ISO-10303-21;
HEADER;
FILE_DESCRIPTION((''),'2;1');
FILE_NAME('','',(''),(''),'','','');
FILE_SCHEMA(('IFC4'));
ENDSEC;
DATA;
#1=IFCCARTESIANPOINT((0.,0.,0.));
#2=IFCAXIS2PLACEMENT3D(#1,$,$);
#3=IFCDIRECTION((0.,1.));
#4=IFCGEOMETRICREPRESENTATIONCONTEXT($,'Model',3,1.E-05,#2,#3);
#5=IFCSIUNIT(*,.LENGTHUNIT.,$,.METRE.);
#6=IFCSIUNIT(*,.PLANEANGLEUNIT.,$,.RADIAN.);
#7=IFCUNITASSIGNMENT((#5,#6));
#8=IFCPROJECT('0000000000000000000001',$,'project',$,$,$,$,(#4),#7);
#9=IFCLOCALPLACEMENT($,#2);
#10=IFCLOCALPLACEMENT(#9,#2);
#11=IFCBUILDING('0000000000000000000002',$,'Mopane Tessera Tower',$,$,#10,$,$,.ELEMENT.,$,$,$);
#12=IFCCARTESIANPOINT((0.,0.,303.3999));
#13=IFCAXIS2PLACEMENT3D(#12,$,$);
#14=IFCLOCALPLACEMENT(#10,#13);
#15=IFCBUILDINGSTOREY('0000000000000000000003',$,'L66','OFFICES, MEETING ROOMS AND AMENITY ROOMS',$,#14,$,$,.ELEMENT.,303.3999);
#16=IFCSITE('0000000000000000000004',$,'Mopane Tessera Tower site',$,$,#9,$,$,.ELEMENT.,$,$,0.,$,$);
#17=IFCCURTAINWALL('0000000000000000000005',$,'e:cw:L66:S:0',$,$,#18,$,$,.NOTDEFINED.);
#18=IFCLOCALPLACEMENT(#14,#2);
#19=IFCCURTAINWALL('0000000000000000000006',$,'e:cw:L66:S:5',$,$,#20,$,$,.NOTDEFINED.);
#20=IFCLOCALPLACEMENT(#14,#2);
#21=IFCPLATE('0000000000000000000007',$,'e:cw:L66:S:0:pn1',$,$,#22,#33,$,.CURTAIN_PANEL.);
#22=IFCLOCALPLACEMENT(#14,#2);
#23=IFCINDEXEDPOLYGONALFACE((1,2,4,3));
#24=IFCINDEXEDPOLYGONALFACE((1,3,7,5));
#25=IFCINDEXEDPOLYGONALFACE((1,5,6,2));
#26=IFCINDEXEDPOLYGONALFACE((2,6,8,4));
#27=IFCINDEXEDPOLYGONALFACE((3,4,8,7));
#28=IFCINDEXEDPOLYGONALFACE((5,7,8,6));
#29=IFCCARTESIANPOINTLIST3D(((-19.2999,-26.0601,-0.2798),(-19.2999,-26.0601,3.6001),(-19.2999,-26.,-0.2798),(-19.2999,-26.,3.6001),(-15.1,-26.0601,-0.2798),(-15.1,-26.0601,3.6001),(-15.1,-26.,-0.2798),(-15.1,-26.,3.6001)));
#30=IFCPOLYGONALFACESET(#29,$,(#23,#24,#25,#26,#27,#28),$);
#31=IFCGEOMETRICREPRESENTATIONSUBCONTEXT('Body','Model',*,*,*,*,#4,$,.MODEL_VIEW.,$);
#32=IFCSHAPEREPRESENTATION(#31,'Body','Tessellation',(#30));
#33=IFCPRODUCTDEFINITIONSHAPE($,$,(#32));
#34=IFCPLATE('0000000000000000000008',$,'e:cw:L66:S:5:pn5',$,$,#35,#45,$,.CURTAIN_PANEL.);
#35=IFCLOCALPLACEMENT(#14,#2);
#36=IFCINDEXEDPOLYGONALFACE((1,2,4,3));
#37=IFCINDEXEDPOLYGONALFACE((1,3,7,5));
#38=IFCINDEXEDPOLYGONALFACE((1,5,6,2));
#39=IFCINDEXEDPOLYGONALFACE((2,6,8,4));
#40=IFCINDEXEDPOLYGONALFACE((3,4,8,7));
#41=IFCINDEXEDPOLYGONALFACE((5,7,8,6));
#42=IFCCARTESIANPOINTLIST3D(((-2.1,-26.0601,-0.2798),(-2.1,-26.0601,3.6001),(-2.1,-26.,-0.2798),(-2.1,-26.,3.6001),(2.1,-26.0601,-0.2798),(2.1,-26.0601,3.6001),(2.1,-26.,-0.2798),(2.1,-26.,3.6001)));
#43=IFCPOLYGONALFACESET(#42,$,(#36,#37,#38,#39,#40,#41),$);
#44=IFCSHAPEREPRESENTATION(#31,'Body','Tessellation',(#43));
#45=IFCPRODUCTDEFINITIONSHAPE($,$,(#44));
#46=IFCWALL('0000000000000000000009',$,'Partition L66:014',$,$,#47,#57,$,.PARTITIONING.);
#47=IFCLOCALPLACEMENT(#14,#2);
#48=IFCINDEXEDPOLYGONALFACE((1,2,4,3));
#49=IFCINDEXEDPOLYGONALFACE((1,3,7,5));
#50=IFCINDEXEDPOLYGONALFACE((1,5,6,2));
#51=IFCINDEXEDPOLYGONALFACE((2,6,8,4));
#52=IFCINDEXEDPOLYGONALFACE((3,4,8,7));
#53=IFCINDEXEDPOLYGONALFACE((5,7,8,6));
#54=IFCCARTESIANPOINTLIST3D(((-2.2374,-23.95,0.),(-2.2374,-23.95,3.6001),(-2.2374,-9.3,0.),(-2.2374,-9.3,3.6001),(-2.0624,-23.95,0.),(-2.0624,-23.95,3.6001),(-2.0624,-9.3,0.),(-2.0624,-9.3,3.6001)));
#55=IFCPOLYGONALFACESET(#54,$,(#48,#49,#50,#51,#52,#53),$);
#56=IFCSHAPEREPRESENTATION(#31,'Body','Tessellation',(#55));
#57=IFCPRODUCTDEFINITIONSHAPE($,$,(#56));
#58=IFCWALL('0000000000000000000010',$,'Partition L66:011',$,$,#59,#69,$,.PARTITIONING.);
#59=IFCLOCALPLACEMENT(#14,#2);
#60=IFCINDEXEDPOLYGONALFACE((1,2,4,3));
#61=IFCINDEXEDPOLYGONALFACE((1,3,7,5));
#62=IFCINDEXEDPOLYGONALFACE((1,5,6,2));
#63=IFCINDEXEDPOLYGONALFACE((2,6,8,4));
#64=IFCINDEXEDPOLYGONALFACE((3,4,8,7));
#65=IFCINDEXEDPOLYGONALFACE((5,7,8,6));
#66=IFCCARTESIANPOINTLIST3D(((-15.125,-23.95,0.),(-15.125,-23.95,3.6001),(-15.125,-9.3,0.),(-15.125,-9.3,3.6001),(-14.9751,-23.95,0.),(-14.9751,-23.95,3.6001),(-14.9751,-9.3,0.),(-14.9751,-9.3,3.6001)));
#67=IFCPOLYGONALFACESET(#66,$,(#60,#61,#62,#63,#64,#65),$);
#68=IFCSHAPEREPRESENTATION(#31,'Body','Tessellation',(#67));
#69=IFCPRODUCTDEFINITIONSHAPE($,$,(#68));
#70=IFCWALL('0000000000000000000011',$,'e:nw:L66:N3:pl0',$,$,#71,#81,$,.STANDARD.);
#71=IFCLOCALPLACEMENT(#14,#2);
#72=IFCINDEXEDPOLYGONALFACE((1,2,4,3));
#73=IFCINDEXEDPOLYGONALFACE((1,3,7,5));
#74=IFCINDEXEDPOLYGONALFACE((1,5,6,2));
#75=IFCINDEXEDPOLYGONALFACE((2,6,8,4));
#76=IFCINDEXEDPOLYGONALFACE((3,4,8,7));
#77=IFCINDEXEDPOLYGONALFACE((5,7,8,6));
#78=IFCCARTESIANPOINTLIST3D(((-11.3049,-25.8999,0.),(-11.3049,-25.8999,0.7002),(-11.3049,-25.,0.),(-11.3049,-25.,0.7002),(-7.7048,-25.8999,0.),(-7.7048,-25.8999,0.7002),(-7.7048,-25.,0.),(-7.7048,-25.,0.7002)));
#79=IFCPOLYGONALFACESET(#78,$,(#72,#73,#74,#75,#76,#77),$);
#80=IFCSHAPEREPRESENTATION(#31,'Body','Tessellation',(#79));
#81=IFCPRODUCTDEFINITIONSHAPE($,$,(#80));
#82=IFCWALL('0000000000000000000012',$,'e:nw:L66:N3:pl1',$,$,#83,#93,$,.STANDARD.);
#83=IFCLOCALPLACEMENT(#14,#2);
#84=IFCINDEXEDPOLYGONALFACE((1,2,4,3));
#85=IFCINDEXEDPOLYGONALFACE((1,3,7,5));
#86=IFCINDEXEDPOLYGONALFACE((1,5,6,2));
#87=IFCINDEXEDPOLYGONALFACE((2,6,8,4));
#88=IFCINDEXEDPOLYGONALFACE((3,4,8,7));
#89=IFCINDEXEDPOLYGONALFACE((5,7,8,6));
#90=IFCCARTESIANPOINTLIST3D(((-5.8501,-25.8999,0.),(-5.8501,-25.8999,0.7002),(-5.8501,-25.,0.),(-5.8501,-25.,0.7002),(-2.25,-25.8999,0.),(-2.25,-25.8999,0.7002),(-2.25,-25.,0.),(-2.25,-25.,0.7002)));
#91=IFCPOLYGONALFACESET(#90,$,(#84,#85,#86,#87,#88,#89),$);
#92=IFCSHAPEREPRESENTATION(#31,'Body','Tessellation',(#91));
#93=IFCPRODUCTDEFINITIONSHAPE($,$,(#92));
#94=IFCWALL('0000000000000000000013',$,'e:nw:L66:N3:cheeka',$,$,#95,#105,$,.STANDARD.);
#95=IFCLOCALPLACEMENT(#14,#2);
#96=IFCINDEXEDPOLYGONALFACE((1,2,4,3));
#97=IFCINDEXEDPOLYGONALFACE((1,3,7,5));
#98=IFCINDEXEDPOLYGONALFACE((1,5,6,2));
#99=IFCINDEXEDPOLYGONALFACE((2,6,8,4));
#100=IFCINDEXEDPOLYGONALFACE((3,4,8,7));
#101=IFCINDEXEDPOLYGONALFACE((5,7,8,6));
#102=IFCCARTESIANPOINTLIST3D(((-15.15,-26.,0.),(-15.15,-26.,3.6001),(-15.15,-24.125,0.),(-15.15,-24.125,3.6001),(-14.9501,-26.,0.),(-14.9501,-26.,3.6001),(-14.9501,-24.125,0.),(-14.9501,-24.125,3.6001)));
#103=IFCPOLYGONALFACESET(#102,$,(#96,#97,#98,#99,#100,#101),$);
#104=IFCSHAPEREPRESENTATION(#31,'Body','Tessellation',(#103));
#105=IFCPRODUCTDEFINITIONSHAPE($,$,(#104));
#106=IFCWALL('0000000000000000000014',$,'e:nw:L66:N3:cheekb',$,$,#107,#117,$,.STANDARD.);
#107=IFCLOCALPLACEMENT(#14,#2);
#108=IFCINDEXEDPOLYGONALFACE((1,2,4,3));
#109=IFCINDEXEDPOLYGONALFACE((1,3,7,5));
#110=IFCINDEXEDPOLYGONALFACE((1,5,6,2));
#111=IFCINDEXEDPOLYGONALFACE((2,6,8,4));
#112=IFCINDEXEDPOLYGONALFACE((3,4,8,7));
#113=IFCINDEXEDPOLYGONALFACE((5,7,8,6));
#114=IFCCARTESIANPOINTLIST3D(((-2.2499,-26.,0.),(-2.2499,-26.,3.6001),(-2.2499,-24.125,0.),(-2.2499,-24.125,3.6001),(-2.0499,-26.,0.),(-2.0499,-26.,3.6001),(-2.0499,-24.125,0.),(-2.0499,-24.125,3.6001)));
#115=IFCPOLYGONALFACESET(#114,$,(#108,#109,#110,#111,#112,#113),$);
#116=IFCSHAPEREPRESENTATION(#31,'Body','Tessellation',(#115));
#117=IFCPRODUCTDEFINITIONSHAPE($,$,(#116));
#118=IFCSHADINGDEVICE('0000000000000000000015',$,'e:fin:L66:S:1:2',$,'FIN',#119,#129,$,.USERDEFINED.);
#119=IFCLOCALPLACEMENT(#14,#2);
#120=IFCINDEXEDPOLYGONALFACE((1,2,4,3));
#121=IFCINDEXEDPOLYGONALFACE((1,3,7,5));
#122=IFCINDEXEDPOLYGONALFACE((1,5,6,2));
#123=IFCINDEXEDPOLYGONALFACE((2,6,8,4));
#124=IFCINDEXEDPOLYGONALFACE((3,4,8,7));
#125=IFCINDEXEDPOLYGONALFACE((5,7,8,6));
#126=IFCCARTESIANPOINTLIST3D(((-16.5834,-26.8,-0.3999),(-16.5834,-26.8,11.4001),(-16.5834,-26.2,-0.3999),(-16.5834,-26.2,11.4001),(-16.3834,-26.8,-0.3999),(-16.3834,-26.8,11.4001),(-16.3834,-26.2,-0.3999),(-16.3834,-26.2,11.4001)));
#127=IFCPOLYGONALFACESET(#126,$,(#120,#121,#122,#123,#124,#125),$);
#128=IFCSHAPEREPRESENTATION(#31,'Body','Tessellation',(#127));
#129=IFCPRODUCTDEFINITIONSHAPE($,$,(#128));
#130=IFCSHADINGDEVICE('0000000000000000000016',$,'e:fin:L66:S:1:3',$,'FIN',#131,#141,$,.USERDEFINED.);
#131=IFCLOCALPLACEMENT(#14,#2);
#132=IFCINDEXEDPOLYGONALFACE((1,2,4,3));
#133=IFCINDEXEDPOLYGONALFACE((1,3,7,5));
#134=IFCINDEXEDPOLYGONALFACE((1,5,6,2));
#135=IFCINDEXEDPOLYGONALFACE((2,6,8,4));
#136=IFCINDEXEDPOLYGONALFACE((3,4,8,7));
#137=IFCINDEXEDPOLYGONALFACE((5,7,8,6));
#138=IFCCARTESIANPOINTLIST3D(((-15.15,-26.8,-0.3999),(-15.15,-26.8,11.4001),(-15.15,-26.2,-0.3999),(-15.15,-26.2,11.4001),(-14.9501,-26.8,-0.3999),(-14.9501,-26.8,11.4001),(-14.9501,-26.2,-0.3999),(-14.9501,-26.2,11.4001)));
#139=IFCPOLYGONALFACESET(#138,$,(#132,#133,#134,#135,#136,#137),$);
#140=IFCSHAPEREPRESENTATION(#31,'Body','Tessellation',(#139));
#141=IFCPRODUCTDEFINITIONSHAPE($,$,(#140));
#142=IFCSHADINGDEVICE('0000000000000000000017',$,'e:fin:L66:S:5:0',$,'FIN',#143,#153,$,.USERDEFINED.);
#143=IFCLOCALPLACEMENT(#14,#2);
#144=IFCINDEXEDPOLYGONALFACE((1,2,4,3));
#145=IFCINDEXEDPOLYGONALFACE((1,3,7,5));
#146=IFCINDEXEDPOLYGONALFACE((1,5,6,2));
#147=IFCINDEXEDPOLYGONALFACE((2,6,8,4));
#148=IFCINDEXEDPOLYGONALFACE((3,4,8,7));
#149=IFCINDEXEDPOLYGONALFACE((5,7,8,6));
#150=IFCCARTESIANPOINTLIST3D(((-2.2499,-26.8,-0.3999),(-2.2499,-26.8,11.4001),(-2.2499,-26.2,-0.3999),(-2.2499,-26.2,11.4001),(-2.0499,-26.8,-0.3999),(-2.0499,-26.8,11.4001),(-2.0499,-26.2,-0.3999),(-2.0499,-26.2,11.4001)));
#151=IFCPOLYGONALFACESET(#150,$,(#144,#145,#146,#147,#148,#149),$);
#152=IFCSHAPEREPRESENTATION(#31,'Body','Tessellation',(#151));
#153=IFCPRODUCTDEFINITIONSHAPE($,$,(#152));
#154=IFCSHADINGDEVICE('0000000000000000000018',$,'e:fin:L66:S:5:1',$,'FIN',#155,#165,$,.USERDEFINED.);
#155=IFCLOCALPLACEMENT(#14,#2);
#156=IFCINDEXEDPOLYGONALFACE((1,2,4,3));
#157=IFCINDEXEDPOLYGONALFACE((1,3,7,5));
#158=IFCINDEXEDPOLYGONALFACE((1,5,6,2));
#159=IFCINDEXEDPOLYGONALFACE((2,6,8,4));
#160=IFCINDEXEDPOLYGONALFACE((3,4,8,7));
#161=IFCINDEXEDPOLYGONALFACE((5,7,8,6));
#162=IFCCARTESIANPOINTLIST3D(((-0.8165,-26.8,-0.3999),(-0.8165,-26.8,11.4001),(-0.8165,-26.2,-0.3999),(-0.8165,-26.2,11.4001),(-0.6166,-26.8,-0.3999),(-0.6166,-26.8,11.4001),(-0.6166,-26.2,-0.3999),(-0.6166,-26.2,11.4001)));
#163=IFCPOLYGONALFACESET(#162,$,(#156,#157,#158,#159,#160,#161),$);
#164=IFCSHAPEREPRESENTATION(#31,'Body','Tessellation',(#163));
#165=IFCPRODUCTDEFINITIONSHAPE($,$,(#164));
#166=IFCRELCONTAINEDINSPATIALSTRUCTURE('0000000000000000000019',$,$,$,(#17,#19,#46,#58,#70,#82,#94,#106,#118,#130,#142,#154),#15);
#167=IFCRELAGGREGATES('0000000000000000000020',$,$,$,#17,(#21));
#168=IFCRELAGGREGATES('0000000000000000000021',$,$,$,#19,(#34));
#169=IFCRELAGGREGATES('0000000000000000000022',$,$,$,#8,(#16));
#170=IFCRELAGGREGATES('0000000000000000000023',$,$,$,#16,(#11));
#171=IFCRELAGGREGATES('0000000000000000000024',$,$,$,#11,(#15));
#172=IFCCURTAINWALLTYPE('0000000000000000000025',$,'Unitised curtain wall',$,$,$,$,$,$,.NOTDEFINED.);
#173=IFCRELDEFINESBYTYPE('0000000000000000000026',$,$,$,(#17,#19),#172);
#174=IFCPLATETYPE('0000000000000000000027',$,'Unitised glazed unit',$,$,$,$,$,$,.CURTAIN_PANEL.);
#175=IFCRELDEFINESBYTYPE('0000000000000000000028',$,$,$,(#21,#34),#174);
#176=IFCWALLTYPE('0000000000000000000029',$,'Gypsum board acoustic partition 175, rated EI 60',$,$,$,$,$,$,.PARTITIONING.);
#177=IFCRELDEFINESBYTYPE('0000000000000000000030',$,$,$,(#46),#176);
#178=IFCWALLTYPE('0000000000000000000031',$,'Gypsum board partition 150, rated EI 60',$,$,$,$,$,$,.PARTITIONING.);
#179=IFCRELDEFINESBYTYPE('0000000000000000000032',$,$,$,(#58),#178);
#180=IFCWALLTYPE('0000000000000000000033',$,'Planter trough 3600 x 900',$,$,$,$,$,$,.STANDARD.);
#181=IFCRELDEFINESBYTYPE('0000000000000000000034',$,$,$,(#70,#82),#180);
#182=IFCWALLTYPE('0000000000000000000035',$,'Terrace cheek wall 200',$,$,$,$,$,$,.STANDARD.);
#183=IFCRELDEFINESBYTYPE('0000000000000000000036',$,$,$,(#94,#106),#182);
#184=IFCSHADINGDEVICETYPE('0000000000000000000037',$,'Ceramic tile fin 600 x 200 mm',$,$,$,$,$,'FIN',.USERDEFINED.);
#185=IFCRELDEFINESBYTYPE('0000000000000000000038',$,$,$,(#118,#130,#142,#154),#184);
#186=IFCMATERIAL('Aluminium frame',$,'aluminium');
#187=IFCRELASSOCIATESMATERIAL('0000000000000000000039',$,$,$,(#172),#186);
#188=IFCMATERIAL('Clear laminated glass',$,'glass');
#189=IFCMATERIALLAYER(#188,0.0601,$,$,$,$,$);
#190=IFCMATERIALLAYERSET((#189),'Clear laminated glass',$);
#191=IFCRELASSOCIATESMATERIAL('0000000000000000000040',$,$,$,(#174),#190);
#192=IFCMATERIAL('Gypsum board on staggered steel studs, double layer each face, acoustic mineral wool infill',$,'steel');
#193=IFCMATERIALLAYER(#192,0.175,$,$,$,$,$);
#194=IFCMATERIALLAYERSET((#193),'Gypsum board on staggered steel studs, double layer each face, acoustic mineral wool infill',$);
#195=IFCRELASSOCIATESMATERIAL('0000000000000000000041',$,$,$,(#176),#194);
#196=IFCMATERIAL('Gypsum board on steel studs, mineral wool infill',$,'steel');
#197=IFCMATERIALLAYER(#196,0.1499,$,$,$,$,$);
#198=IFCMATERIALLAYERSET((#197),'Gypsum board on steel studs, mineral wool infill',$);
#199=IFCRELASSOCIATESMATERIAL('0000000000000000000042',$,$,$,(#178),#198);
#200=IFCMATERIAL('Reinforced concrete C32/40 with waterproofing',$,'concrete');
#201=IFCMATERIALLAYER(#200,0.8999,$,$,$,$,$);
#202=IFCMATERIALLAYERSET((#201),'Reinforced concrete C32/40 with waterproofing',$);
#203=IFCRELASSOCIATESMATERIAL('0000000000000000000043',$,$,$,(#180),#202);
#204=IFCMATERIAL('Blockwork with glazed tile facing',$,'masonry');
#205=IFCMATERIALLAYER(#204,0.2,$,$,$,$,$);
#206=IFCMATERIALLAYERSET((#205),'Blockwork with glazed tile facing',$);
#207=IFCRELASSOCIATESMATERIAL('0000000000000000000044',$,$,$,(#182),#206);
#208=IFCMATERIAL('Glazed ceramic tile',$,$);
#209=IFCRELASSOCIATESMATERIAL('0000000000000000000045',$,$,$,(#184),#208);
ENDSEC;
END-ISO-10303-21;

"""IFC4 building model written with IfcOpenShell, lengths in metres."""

from ifc_helpers import new_model, si_unit, direction, frame, frame_2d, origin, origin_2d, place, context, subcontext, project, spatial, rectangle, extrude, material, layer, layer_set, type_object, element, aggregate, save


model = new_model("IFC4")

# Units and contexts
model_context = context("Model", 3, precision=1e-05, world=origin(), true_north=direction((0.0, 1.0)))
body_context = subcontext(model_context, "Body", "Model", "MODEL_VIEW")
ifc_project = project(units=[si_unit("LENGTHUNIT", "METRE"), si_unit("PLANEANGLEUNIT", "RADIAN")], contexts=[model_context])

# Site, building, storey
site_placement = place(None, origin())
site = spatial("IfcSite", under=ifc_project, at=site_placement, Name="Mopane Tessera Tower site", CompositionType="ELEMENT", RefElevation=0.0)
building_placement = place(site_placement, origin())
building = spatial("IfcBuilding", under=site, at=building_placement, Name="Mopane Tessera Tower", CompositionType="ELEMENT")
storey_placement = place(building_placement, frame((0.0, 0.0, 303.3999)))
storey = spatial("IfcBuildingStorey", under=building, at=storey_placement, Name="L66", Description="OFFICES, MEETING ROOMS AND AMENITY ROOMS", CompositionType="ELEMENT", Elevation=303.3999)

# Curtain wall
ifc_material_1 = material(Name="Aluminium frame", Category="aluminium")
curtain_wall_type = type_object("IfcCurtainWallType", Name="Unitised curtain wall", PredefinedType="NOTDEFINED", material=ifc_material_1)
curtain_wall_1_placement = place(storey_placement, origin())
curtain_wall_1 = element("IfcCurtainWall", 1, at=curtain_wall_1_placement, inside=storey, type_object=curtain_wall_type, Name="e:cw:L66:S:0", PredefinedType="NOTDEFINED")

# Curtain wall
curtain_wall_2_placement = place(storey_placement, origin())
curtain_wall_2 = element("IfcCurtainWall", 2, at=curtain_wall_2_placement, inside=storey, type_object=curtain_wall_type, Name="e:cw:L66:S:5", PredefinedType="NOTDEFINED")

# Plates
ifc_material_2 = material(Name="Clear laminated glass", Category="glass")
ifc_layer_1 = layer(ifc_material_2, 0.0601)
ifc_layer_set_1 = layer_set([ifc_layer_1], Name="Clear laminated glass")
plate_type = type_object("IfcPlateType", Name="Unitised glazed unit", PredefinedType="CURTAIN_PANEL", material=ifc_layer_set_1)
plate_1_placement = place(storey_placement, frame((-17.2, -26.03, -0.2798), z_axis=(0.0, 0.0, 1.0), x_axis=(1.0, 0.0, 0.0)))
plate_1 = element("IfcPlate", 3, at=plate_1_placement, type_object=plate_type, Name="e:cw:L66:S:0:pn1", PredefinedType="CURTAIN_PANEL", context=body_context, shape_type="SweptSolid", body=[
    extrude(rectangle(XDim=4.2, YDim=0.0601, at=origin_2d()), origin(), (0.0, 0.0, 1.0), 3.8799),
])
aggregate(curtain_wall_1, [plate_1])
plate_2_placement = place(storey_placement, frame((0.0, -26.03, -0.2798), z_axis=(0.0, 0.0, 1.0), x_axis=(1.0, 0.0, 0.0)))
plate_2 = element("IfcPlate", 4, at=plate_2_placement, type_object=plate_type, Name="e:cw:L66:S:5:pn5", PredefinedType="CURTAIN_PANEL", context=body_context, shape_type="SweptSolid", body=[
    extrude(rectangle(XDim=4.2, YDim=0.0601, at=origin_2d()), origin(), (0.0, 0.0, 1.0), 3.8799),
])
aggregate(curtain_wall_2, [plate_2])

# Walls
ifc_material_3 = material(Name="Gypsum board on staggered steel studs, double layer each face, acoustic mineral wool infill", Category="steel")
ifc_layer_2 = layer(ifc_material_3, 0.175)
ifc_layer_set_2 = layer_set([ifc_layer_2], Name="Gypsum board on staggered steel studs, double layer each face, acoustic mineral wool infill")
wall_type_1 = type_object("IfcWallType", Name="Gypsum board acoustic partition 175, rated EI 60", PredefinedType="PARTITIONING", material=ifc_layer_set_2)
wall_1_placement = place(storey_placement, frame((-2.1499, -23.95, 0.0), z_axis=(0.0, 0.0, 1.0), x_axis=(0.0, 1.0, 0.0)))
element("IfcWall", 5, at=wall_1_placement, inside=storey, type_object=wall_type_1, Name="Partition L66:014", PredefinedType="PARTITIONING", context=body_context, shape_type="SweptSolid", body=[
    extrude(rectangle(XDim=14.6499, YDim=0.175, at=frame_2d((7.325, 0.0))), origin(), (0.0, 0.0, 1.0), 3.6001),
])
ifc_material_4 = material(Name="Gypsum board on steel studs, mineral wool infill", Category="steel")
ifc_layer_3 = layer(ifc_material_4, 0.1499)
ifc_layer_set_3 = layer_set([ifc_layer_3], Name="Gypsum board on steel studs, mineral wool infill")
wall_type_2 = type_object("IfcWallType", Name="Gypsum board partition 150, rated EI 60", PredefinedType="PARTITIONING", material=ifc_layer_set_3)
wall_2_placement = place(storey_placement, frame((-15.05, -23.95, 0.0), z_axis=(0.0, 0.0, 1.0), x_axis=(0.0, 1.0, 0.0)))
element("IfcWall", 6, at=wall_2_placement, inside=storey, type_object=wall_type_2, Name="Partition L66:011", PredefinedType="PARTITIONING", context=body_context, shape_type="SweptSolid", body=[
    extrude(rectangle(XDim=14.6499, YDim=0.1499, at=frame_2d((7.325, 0.0))), origin(), (0.0, 0.0, 1.0), 3.6001),
])
ifc_material_5 = material(Name="Reinforced concrete C32/40 with waterproofing", Category="concrete")
ifc_layer_4 = layer(ifc_material_5, 0.8999)
ifc_layer_set_4 = layer_set([ifc_layer_4], Name="Reinforced concrete C32/40 with waterproofing")
wall_type_3 = type_object("IfcWallType", Name="Planter trough 3600 x 900", PredefinedType="STANDARD", material=ifc_layer_set_4)
for number, where, z_axis, x_axis, name in (
    (7, (-11.3049, -25.45, 0.0), (0.0, 0.0, 1.0), (1.0, 0.0, 0.0), "e:nw:L66:N3:pl0"),
    (8, (-5.8501, -25.45, 0.0), (0.0, 0.0, 1.0), (1.0, 0.0, 0.0), "e:nw:L66:N3:pl1"),
):
    element("IfcWall", number, at=place(storey_placement, frame(where, z_axis=z_axis, x_axis=x_axis)), inside=storey, type_object=wall_type_3, Name=name, PredefinedType="STANDARD", context=body_context, shape_type="SweptSolid", body=[
        extrude(rectangle(XDim=3.6001, YDim=0.8999, at=frame_2d((1.8, 0.0))), origin(), (0.0, 0.0, 1.0), 0.7002),
    ])
ifc_material_6 = material(Name="Blockwork with glazed tile facing", Category="masonry")
ifc_layer_5 = layer(ifc_material_6, 0.2)
ifc_layer_set_5 = layer_set([ifc_layer_5], Name="Blockwork with glazed tile facing")
wall_type_4 = type_object("IfcWallType", Name="Terrace cheek wall 200", PredefinedType="STANDARD", material=ifc_layer_set_5)
for number, where, z_axis, x_axis, name in (
    (9, (-15.05, -26.0, 0.0), (0.0, 0.0, 1.0), (0.0, 1.0, 0.0), "e:nw:L66:N3:cheeka"),
    (10, (-2.1499, -26.0, 0.0), (0.0, 0.0, 1.0), (0.0, 1.0, 0.0), "e:nw:L66:N3:cheekb"),
):
    element("IfcWall", number, at=place(storey_placement, frame(where, z_axis=z_axis, x_axis=x_axis)), inside=storey, type_object=wall_type_4, Name=name, PredefinedType="STANDARD", context=body_context, shape_type="SweptSolid", body=[
        extrude(rectangle(XDim=1.875, YDim=0.2, at=frame_2d((0.9375, 0.0))), origin(), (0.0, 0.0, 1.0), 3.6001),
    ])

# Shading devices
ifc_material_7 = material(Name="Glazed ceramic tile")
shading_device_type = type_object("IfcShadingDeviceType", Name="Ceramic tile fin 600 x 200 mm", ElementType="FIN", PredefinedType="USERDEFINED", material=ifc_material_7)
for number, where, z_axis, x_axis, name in (
    (11, (-16.4834, -26.5, -0.3999), (0.0, 0.0, 1.0), (1.0, 0.0, 0.0), "e:fin:L66:S:1:2"),
    (12, (-15.05, -26.5, -0.3999), (0.0, 0.0, 1.0), (1.0, 0.0, 0.0), "e:fin:L66:S:1:3"),
    (13, (-2.1499, -26.5, -0.3999), (0.0, 0.0, 1.0), (1.0, 0.0, 0.0), "e:fin:L66:S:5:0"),
    (14, (-0.7166, -26.5, -0.3999), (0.0, 0.0, 1.0), (1.0, 0.0, 0.0), "e:fin:L66:S:5:1"),
):
    element("IfcShadingDevice", number, at=place(storey_placement, frame(where, z_axis=z_axis, x_axis=x_axis)), inside=storey, type_object=shading_device_type, Name=name, ObjectType="FIN", PredefinedType="USERDEFINED", context=body_context, shape_type="SweptSolid", body=[
        extrude(rectangle(XDim=0.2, YDim=0.6001, at=origin_2d()), origin(), (0.0, 0.0, 1.0), 11.8),
    ])

save(model, "model.ifc")
